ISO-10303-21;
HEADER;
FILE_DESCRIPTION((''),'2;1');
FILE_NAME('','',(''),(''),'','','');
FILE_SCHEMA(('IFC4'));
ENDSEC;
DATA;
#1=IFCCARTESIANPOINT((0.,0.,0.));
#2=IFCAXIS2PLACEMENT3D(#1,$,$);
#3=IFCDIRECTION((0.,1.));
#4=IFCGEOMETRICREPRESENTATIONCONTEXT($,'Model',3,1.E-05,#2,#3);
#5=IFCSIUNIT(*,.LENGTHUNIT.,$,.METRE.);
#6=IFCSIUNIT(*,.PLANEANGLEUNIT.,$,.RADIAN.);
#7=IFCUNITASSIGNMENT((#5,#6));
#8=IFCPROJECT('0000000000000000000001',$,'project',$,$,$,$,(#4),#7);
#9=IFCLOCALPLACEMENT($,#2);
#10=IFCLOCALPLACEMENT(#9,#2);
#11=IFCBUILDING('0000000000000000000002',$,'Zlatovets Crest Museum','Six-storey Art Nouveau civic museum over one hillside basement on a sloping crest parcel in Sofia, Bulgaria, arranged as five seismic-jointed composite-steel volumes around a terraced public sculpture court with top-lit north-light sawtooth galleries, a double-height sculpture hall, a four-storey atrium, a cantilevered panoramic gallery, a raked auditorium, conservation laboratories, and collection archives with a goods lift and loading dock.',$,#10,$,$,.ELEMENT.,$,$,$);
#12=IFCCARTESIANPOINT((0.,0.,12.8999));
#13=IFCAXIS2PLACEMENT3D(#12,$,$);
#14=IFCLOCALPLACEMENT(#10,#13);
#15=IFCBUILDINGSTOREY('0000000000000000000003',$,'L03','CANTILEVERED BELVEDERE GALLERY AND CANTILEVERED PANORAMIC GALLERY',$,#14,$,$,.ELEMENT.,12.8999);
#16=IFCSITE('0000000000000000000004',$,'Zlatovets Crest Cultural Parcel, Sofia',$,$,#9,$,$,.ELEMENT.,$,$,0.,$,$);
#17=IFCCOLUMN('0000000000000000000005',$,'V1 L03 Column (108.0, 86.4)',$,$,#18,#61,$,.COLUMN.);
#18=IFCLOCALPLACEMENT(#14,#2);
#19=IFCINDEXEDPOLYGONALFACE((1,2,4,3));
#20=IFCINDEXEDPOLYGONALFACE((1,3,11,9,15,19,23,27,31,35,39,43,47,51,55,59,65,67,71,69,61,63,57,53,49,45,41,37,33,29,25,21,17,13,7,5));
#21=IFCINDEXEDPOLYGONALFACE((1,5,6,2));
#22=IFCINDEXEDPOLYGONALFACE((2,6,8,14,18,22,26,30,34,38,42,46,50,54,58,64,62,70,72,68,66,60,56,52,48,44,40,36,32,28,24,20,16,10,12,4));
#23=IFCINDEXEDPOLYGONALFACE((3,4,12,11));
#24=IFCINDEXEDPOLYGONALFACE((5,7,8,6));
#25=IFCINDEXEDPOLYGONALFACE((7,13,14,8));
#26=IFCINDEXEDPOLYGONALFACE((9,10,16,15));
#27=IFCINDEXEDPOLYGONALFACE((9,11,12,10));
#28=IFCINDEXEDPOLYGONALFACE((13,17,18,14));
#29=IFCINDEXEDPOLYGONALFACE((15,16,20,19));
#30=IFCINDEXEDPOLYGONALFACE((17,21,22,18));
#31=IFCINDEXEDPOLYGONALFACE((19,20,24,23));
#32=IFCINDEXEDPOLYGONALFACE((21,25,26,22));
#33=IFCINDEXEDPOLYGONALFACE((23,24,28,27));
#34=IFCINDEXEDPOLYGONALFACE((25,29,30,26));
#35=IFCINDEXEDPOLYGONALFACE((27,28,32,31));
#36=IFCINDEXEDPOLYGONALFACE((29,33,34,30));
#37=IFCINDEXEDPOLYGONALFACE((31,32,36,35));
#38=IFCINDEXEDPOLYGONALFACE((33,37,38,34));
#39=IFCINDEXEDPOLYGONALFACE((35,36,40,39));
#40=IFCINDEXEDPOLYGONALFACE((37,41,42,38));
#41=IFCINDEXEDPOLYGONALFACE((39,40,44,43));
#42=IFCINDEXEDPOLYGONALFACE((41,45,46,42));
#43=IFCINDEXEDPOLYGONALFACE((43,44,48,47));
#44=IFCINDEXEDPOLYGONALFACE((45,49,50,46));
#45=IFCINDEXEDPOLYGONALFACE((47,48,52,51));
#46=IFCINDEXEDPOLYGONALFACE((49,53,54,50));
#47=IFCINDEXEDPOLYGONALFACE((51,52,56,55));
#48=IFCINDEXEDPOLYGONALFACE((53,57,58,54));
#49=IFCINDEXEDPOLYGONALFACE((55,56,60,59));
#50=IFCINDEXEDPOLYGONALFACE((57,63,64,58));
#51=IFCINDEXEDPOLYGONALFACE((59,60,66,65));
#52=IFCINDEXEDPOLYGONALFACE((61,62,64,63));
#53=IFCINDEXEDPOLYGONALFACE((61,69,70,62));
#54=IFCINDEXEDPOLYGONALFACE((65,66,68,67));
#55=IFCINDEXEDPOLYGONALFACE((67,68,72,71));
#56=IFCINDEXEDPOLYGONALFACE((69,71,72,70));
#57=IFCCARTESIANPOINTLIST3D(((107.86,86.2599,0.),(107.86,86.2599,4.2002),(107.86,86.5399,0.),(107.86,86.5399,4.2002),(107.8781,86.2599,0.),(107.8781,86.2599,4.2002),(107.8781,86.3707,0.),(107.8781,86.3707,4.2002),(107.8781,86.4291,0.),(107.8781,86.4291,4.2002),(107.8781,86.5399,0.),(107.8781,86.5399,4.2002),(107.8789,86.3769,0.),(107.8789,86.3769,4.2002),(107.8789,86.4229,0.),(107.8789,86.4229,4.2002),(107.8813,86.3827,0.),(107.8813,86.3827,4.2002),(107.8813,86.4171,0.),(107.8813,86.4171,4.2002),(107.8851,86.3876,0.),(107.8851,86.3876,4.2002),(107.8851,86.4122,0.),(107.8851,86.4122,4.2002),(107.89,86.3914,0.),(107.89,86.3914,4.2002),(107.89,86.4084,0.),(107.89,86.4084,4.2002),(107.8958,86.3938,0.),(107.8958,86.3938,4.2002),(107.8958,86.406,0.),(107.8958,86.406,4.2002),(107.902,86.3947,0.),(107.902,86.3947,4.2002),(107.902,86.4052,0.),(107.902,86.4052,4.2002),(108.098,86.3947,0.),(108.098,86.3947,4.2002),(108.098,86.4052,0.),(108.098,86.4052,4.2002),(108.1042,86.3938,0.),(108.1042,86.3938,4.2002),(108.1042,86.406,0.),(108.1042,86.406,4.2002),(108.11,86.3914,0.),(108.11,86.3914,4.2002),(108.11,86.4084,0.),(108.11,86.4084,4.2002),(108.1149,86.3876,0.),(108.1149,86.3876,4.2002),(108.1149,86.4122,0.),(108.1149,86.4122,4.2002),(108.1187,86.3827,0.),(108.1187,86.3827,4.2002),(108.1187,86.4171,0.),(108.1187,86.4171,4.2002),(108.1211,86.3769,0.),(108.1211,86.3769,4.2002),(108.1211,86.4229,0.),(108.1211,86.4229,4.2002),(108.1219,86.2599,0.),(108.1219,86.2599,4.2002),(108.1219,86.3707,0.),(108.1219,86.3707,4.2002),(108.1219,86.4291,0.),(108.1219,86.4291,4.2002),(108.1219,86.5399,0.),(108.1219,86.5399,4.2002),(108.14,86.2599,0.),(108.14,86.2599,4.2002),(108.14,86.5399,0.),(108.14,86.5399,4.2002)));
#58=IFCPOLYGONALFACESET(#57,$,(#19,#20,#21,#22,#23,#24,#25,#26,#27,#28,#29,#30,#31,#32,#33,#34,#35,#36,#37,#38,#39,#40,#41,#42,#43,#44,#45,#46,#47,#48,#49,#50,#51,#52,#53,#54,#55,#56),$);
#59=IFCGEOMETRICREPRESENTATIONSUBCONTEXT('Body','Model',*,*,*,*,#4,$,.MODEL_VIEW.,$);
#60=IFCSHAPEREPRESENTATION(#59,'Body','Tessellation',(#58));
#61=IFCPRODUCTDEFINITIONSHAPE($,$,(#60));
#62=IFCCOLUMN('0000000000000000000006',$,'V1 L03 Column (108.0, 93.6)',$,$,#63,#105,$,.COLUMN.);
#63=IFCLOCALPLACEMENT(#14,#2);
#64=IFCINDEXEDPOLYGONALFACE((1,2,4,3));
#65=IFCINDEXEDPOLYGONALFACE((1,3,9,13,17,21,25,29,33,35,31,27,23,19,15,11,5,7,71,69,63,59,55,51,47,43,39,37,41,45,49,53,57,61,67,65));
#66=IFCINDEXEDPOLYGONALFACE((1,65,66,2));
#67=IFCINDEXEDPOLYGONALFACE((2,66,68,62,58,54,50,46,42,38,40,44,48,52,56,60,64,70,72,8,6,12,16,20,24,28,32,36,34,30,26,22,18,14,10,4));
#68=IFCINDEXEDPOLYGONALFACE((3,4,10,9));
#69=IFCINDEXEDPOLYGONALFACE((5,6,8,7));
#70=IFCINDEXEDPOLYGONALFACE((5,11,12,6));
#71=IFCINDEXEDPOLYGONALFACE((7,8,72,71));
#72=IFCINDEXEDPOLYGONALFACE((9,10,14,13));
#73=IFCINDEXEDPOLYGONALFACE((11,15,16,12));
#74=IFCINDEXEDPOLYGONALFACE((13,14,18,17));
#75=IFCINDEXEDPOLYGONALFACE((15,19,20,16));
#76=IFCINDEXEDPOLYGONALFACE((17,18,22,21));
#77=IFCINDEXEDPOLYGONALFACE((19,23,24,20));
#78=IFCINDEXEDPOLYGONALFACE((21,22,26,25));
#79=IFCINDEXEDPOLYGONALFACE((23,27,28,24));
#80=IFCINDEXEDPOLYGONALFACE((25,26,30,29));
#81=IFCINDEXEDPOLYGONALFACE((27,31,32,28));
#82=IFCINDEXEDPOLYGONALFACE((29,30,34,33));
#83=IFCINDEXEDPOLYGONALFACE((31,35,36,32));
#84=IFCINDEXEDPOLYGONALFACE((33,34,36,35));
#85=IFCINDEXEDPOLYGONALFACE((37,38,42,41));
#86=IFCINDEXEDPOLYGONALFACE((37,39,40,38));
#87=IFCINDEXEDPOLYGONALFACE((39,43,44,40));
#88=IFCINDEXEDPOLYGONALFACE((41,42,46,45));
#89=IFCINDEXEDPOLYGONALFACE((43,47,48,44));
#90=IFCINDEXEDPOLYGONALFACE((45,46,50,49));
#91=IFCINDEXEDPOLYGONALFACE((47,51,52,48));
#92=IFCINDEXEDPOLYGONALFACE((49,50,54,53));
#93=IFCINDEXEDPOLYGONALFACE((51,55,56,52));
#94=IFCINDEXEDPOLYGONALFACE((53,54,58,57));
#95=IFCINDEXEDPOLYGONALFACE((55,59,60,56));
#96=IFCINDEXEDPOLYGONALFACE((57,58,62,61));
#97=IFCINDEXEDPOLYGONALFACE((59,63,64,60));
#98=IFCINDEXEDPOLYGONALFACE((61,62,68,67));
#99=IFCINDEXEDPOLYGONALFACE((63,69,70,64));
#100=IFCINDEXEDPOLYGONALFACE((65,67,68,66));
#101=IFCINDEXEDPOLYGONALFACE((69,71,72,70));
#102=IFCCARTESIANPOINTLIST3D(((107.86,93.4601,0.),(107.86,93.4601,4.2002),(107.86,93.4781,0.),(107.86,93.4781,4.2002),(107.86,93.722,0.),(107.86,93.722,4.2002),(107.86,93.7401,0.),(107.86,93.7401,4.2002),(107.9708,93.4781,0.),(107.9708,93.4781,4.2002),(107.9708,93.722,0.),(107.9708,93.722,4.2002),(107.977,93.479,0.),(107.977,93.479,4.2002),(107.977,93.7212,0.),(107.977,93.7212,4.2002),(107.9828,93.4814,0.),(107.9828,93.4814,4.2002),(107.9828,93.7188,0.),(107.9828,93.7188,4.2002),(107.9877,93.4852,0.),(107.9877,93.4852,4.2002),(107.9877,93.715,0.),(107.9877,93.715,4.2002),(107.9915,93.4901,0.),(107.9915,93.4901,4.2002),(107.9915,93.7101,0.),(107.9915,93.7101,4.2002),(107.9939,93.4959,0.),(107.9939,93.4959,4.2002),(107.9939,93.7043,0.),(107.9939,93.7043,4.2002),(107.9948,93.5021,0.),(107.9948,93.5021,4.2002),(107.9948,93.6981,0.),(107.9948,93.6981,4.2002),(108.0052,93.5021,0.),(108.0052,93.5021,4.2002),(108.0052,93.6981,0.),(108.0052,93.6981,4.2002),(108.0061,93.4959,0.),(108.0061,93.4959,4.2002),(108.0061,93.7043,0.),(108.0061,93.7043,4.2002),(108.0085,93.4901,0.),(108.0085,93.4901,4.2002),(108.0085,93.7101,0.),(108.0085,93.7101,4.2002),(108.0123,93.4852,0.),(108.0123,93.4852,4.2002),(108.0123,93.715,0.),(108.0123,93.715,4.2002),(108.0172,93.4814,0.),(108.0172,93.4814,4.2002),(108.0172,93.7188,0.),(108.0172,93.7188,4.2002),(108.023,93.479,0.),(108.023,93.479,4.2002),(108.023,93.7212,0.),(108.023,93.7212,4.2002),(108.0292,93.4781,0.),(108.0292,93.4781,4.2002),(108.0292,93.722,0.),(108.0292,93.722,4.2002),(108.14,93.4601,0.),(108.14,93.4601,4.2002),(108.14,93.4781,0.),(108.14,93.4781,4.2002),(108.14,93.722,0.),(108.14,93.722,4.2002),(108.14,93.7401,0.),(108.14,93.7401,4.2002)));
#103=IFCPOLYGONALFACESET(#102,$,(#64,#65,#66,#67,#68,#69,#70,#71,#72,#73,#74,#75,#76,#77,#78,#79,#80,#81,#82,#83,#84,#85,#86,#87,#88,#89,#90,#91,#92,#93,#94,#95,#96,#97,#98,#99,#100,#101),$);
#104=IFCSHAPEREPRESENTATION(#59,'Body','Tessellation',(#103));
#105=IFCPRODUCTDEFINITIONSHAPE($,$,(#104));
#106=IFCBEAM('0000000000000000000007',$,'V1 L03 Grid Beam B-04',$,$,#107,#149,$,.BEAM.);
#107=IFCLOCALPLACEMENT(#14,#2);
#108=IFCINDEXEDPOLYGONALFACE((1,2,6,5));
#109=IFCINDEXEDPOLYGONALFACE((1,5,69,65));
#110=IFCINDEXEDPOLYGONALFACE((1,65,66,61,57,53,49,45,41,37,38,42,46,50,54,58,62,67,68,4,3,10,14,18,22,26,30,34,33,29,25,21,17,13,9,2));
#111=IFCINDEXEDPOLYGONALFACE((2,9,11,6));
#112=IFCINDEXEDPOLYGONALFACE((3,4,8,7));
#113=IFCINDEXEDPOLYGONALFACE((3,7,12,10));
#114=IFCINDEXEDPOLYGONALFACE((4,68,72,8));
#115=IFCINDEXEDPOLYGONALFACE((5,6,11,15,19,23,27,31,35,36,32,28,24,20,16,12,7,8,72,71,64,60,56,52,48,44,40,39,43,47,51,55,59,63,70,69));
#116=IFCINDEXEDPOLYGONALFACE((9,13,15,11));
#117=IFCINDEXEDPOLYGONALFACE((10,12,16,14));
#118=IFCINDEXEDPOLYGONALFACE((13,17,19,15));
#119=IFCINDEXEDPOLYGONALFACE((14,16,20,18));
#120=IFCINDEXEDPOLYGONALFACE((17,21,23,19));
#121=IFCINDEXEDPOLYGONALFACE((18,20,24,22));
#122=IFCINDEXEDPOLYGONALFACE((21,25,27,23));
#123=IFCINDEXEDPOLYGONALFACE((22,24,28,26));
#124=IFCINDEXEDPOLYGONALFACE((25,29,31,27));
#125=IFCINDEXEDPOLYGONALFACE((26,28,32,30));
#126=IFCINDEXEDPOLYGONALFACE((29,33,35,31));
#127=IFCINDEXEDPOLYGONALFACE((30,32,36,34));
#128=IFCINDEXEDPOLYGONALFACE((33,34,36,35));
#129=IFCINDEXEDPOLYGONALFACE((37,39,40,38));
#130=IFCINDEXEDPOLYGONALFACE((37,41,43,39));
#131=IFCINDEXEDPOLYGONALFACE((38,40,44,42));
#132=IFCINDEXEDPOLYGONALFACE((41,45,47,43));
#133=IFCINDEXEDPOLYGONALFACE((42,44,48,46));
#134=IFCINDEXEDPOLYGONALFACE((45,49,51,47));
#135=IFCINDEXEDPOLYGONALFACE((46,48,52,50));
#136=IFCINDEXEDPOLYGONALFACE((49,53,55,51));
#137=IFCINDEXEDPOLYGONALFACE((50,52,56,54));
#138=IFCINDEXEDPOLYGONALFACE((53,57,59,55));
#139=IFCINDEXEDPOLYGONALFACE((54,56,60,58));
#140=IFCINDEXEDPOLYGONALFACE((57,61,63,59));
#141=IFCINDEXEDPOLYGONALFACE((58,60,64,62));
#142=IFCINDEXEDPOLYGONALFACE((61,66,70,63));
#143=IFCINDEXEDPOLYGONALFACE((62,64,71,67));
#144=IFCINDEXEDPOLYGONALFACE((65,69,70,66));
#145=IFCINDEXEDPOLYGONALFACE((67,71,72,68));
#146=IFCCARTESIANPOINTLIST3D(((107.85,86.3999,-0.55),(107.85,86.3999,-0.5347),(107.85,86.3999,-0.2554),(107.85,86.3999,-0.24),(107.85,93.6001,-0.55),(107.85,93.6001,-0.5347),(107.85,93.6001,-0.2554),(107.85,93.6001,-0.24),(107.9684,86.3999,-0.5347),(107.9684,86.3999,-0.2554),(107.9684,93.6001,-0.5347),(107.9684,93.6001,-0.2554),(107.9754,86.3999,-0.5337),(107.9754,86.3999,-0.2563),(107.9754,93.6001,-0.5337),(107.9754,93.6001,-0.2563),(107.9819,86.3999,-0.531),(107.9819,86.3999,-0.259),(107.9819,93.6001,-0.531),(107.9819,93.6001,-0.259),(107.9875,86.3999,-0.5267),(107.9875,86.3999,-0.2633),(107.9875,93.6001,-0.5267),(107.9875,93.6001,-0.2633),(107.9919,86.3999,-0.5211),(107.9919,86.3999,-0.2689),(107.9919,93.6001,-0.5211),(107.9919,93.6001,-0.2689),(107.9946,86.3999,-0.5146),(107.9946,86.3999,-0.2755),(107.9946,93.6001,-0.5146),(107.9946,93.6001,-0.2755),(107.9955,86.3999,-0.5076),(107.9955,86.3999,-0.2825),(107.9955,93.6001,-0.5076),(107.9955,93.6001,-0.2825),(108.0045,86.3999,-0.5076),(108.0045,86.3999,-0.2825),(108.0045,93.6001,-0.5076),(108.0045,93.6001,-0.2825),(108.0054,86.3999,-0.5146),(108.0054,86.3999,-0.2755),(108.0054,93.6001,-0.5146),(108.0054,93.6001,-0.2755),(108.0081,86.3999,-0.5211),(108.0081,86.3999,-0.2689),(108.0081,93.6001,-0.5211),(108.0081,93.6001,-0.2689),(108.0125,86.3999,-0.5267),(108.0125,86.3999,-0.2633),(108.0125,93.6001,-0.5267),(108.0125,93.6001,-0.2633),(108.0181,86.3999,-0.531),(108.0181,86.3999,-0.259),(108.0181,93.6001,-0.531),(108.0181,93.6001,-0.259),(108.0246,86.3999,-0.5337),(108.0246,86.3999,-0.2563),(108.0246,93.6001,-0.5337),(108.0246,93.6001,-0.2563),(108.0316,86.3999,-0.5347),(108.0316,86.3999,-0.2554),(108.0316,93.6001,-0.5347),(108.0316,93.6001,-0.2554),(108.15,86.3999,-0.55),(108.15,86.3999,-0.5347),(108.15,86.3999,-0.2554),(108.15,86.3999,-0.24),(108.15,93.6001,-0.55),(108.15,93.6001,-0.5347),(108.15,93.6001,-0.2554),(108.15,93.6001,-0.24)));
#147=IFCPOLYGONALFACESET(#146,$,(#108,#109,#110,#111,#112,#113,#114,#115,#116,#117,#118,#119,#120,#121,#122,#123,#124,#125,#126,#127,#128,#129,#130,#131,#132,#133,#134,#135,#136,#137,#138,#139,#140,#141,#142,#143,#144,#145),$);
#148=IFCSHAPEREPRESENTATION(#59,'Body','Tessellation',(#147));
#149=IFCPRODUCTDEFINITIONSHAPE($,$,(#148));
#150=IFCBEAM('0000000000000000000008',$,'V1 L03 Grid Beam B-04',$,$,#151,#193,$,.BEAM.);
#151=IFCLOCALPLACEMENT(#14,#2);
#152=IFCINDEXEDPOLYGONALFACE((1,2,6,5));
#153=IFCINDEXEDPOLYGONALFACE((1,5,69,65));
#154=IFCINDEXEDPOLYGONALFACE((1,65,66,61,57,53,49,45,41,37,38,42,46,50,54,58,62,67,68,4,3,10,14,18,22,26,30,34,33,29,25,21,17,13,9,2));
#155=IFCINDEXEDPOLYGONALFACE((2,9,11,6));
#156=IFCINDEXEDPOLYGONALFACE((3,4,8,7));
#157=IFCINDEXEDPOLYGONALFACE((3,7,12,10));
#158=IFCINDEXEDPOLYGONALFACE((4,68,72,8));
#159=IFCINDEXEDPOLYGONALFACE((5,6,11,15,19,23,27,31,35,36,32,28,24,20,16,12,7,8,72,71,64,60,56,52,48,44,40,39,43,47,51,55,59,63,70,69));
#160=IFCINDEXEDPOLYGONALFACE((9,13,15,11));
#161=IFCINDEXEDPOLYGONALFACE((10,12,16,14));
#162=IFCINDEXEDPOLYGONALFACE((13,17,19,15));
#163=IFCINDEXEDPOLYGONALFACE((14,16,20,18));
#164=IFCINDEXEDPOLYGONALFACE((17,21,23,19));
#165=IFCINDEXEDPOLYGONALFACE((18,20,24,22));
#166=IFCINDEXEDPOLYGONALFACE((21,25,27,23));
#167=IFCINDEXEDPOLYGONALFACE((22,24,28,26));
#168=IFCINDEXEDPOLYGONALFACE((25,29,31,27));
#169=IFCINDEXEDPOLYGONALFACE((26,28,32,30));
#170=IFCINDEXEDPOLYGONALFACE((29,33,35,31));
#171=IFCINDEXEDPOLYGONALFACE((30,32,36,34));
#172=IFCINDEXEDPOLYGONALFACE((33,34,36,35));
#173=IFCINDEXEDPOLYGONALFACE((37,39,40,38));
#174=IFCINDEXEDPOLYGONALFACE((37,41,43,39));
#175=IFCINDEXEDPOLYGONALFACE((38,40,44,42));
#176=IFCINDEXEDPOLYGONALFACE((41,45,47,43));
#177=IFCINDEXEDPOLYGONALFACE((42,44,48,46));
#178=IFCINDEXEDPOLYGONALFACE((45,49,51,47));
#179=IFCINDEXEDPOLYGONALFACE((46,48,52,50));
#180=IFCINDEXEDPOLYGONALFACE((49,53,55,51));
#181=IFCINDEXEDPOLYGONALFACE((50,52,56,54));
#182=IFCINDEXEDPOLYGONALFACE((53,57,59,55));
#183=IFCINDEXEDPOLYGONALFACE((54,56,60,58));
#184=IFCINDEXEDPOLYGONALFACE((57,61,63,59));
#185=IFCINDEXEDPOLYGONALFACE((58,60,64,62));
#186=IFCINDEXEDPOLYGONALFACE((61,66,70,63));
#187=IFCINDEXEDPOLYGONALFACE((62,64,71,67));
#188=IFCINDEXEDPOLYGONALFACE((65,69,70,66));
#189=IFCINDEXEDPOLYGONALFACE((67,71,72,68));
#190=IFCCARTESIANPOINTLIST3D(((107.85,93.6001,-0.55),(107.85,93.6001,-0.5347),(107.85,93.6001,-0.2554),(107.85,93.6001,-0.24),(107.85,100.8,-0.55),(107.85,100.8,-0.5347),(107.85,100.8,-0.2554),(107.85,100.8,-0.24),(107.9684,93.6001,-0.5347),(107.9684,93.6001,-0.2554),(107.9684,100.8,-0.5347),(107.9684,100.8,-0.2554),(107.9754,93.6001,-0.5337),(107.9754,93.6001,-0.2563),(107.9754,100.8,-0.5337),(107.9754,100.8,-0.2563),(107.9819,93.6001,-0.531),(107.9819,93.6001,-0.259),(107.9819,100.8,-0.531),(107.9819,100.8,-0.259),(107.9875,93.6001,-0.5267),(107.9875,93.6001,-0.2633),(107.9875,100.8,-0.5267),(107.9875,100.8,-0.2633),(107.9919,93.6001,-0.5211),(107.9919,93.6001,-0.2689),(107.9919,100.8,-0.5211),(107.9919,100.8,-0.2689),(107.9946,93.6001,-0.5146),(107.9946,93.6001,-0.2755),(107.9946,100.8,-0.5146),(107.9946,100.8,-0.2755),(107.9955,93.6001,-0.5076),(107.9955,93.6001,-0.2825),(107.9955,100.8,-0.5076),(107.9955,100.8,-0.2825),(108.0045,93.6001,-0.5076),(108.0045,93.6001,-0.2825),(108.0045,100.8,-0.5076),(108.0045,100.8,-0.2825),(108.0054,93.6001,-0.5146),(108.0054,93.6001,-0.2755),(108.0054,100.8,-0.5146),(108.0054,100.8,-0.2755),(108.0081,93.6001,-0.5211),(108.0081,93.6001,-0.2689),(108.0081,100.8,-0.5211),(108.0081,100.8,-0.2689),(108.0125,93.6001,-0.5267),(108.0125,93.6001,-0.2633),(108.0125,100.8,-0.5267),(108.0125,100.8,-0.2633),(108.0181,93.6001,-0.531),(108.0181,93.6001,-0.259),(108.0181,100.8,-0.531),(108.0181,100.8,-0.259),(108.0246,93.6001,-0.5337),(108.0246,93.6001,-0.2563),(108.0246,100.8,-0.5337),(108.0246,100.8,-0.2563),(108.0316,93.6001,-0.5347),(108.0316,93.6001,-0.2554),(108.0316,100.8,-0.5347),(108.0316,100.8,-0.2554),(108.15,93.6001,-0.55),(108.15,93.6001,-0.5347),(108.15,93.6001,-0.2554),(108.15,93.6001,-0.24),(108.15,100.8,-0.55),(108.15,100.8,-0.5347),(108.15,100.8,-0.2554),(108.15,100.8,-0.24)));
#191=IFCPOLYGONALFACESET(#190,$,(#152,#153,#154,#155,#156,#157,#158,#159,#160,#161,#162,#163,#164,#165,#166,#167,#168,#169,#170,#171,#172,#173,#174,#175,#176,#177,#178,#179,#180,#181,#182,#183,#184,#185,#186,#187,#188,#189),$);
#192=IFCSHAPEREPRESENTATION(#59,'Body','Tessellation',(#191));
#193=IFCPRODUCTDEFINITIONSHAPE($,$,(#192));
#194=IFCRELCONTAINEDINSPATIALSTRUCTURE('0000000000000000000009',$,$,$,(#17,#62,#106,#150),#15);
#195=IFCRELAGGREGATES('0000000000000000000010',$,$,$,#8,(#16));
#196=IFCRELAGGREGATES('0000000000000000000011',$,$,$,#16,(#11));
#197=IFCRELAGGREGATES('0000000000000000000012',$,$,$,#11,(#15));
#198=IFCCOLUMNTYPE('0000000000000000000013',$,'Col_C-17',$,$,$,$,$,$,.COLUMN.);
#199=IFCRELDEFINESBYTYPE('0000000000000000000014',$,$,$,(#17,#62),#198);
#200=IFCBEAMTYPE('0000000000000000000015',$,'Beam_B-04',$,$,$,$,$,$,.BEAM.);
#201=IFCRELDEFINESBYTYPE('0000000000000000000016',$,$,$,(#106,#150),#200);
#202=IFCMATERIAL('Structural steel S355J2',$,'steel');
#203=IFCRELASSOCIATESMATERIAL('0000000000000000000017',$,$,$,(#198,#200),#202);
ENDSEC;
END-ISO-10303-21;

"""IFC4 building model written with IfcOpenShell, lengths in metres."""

from ifc_helpers import new_model, si_unit, direction, frame, origin, origin_2d, place, context, subcontext, project, spatial, i_section, extrude, material, material_profile, profile_set, type_object, element, save


model = new_model("IFC4")

# Units and contexts
model_context = context("Model", 3, precision=1e-05, world=origin(), true_north=direction((0.0, 1.0)))
body_context = subcontext(model_context, "Body", "Model", "MODEL_VIEW")
ifc_project = project(units=[si_unit("LENGTHUNIT", "METRE"), si_unit("PLANEANGLEUNIT", "RADIAN")], contexts=[model_context])

# Site, building, storey
site_placement = place(None, origin())
site = spatial("IfcSite", under=ifc_project, at=site_placement, Name="Zlatovets Crest Cultural Parcel, Sofia", CompositionType="ELEMENT", RefElevation=0.0)
building_placement = place(site_placement, origin())
building = spatial("IfcBuilding", under=site, at=building_placement, Name="Zlatovets Crest Museum", Description="Six-storey Art Nouveau civic museum over one hillside basement on a sloping crest parcel in Sofia, Bulgaria, arranged as five seismic-jointed composite-steel volumes around a terraced public sculpture court with top-lit north-light sawtooth galleries, a double-height sculpture hall, a four-storey atrium, a cantilevered panoramic gallery, a raked auditorium, conservation laboratories, and collection archives with a goods lift and loading dock.", CompositionType="ELEMENT")
storey_placement = place(building_placement, frame((0.0, 0.0, 12.8999)))
storey = spatial("IfcBuildingStorey", under=building, at=storey_placement, Name="L03", Description="CANTILEVERED BELVEDERE GALLERY AND CANTILEVERED PANORAMIC GALLERY", CompositionType="ELEMENT", Elevation=12.8999)

# Columns
ifc_material_1 = material(Name="Structural steel S355J2", Category="steel")
ifc_material_profile_1 = material_profile(ifc_material_1, i_section(OverallWidth=0.28, OverallDepth=0.28, WebThickness=0.0105, FlangeThickness=0.0181, FilletRadius=0.0239, at=origin_2d()), Name="HEB 280")
ifc_profile_set_1 = profile_set([ifc_material_profile_1], Name="Structural steel S355J2")
column_type = type_object("IfcColumnType", Name="Col_C-17", PredefinedType="COLUMN", material=ifc_profile_set_1)
for number, where, z_axis, x_axis, name in (
    (1, (108.0, 86.3999, 0.0), (0.0, 0.0, 1.0), (0.0, 1.0, 0.0), "V1 L03 Column (108.0, 86.4)"),
    (2, (108.0, 93.6001, 0.0), (0.0, 0.0, 1.0), (1.0, 0.0, 0.0), "V1 L03 Column (108.0, 93.6)"),
):
    element("IfcColumn", number, at=place(storey_placement, frame(where, z_axis=z_axis, x_axis=x_axis)), inside=storey, type_object=column_type, Name=name, PredefinedType="COLUMN", context=body_context, shape_type="SweptSolid", body=[
        extrude(i_section(OverallWidth=0.28, OverallDepth=0.28, WebThickness=0.0105, FlangeThickness=0.0181, FilletRadius=0.0239, at=origin_2d()), origin(), (0.0, 0.0, 1.0), 4.2002),
    ])

# Beams
ifc_material_profile_2 = material_profile(ifc_material_1, i_section(OverallWidth=0.3, OverallDepth=0.3101, WebThickness=0.009, FlangeThickness=0.0154, FilletRadius=0.0271, at=origin_2d()), Name="HEA 320")
ifc_profile_set_2 = profile_set([ifc_material_profile_2], Name="Structural steel S355J2")
beam_type_1 = type_object("IfcBeamType", Name="Beam_B-04", PredefinedType="BEAM", material=ifc_profile_set_2)
beam_1_placement = place(storey_placement, frame((108.0, 86.3999, -0.395), z_axis=(0.0, 1.0, 0.0), x_axis=(-1.0, 0.0, 0.0)))
element("IfcBeam", 3, at=beam_1_placement, inside=storey, type_object=beam_type_1, Name="V1 L03 Grid Beam B-04", PredefinedType="BEAM", context=body_context, shape_type="SweptSolid", body=[
    extrude(i_section(OverallWidth=0.3, OverallDepth=0.3101, WebThickness=0.009, FlangeThickness=0.0154, FilletRadius=0.0271, at=origin_2d()), origin(), (0.0, 0.0, 1.0), 7.2002),
])
beam_2_placement = place(storey_placement, frame((108.0, 93.6001, -0.395), z_axis=(0.0, 1.0, 0.0), x_axis=(-1.0, 0.0, 0.0)))
element("IfcBeam", 4, at=beam_2_placement, inside=storey, type_object=beam_type_1, Name="V1 L03 Grid Beam B-04", PredefinedType="BEAM", context=body_context, shape_type="SweptSolid", body=[
    extrude(i_section(OverallWidth=0.3, OverallDepth=0.3101, WebThickness=0.009, FlangeThickness=0.0154, FilletRadius=0.0271, at=origin_2d()), origin(), (0.0, 0.0, 1.0), 7.2),
])

save(model, "model.ifc")
